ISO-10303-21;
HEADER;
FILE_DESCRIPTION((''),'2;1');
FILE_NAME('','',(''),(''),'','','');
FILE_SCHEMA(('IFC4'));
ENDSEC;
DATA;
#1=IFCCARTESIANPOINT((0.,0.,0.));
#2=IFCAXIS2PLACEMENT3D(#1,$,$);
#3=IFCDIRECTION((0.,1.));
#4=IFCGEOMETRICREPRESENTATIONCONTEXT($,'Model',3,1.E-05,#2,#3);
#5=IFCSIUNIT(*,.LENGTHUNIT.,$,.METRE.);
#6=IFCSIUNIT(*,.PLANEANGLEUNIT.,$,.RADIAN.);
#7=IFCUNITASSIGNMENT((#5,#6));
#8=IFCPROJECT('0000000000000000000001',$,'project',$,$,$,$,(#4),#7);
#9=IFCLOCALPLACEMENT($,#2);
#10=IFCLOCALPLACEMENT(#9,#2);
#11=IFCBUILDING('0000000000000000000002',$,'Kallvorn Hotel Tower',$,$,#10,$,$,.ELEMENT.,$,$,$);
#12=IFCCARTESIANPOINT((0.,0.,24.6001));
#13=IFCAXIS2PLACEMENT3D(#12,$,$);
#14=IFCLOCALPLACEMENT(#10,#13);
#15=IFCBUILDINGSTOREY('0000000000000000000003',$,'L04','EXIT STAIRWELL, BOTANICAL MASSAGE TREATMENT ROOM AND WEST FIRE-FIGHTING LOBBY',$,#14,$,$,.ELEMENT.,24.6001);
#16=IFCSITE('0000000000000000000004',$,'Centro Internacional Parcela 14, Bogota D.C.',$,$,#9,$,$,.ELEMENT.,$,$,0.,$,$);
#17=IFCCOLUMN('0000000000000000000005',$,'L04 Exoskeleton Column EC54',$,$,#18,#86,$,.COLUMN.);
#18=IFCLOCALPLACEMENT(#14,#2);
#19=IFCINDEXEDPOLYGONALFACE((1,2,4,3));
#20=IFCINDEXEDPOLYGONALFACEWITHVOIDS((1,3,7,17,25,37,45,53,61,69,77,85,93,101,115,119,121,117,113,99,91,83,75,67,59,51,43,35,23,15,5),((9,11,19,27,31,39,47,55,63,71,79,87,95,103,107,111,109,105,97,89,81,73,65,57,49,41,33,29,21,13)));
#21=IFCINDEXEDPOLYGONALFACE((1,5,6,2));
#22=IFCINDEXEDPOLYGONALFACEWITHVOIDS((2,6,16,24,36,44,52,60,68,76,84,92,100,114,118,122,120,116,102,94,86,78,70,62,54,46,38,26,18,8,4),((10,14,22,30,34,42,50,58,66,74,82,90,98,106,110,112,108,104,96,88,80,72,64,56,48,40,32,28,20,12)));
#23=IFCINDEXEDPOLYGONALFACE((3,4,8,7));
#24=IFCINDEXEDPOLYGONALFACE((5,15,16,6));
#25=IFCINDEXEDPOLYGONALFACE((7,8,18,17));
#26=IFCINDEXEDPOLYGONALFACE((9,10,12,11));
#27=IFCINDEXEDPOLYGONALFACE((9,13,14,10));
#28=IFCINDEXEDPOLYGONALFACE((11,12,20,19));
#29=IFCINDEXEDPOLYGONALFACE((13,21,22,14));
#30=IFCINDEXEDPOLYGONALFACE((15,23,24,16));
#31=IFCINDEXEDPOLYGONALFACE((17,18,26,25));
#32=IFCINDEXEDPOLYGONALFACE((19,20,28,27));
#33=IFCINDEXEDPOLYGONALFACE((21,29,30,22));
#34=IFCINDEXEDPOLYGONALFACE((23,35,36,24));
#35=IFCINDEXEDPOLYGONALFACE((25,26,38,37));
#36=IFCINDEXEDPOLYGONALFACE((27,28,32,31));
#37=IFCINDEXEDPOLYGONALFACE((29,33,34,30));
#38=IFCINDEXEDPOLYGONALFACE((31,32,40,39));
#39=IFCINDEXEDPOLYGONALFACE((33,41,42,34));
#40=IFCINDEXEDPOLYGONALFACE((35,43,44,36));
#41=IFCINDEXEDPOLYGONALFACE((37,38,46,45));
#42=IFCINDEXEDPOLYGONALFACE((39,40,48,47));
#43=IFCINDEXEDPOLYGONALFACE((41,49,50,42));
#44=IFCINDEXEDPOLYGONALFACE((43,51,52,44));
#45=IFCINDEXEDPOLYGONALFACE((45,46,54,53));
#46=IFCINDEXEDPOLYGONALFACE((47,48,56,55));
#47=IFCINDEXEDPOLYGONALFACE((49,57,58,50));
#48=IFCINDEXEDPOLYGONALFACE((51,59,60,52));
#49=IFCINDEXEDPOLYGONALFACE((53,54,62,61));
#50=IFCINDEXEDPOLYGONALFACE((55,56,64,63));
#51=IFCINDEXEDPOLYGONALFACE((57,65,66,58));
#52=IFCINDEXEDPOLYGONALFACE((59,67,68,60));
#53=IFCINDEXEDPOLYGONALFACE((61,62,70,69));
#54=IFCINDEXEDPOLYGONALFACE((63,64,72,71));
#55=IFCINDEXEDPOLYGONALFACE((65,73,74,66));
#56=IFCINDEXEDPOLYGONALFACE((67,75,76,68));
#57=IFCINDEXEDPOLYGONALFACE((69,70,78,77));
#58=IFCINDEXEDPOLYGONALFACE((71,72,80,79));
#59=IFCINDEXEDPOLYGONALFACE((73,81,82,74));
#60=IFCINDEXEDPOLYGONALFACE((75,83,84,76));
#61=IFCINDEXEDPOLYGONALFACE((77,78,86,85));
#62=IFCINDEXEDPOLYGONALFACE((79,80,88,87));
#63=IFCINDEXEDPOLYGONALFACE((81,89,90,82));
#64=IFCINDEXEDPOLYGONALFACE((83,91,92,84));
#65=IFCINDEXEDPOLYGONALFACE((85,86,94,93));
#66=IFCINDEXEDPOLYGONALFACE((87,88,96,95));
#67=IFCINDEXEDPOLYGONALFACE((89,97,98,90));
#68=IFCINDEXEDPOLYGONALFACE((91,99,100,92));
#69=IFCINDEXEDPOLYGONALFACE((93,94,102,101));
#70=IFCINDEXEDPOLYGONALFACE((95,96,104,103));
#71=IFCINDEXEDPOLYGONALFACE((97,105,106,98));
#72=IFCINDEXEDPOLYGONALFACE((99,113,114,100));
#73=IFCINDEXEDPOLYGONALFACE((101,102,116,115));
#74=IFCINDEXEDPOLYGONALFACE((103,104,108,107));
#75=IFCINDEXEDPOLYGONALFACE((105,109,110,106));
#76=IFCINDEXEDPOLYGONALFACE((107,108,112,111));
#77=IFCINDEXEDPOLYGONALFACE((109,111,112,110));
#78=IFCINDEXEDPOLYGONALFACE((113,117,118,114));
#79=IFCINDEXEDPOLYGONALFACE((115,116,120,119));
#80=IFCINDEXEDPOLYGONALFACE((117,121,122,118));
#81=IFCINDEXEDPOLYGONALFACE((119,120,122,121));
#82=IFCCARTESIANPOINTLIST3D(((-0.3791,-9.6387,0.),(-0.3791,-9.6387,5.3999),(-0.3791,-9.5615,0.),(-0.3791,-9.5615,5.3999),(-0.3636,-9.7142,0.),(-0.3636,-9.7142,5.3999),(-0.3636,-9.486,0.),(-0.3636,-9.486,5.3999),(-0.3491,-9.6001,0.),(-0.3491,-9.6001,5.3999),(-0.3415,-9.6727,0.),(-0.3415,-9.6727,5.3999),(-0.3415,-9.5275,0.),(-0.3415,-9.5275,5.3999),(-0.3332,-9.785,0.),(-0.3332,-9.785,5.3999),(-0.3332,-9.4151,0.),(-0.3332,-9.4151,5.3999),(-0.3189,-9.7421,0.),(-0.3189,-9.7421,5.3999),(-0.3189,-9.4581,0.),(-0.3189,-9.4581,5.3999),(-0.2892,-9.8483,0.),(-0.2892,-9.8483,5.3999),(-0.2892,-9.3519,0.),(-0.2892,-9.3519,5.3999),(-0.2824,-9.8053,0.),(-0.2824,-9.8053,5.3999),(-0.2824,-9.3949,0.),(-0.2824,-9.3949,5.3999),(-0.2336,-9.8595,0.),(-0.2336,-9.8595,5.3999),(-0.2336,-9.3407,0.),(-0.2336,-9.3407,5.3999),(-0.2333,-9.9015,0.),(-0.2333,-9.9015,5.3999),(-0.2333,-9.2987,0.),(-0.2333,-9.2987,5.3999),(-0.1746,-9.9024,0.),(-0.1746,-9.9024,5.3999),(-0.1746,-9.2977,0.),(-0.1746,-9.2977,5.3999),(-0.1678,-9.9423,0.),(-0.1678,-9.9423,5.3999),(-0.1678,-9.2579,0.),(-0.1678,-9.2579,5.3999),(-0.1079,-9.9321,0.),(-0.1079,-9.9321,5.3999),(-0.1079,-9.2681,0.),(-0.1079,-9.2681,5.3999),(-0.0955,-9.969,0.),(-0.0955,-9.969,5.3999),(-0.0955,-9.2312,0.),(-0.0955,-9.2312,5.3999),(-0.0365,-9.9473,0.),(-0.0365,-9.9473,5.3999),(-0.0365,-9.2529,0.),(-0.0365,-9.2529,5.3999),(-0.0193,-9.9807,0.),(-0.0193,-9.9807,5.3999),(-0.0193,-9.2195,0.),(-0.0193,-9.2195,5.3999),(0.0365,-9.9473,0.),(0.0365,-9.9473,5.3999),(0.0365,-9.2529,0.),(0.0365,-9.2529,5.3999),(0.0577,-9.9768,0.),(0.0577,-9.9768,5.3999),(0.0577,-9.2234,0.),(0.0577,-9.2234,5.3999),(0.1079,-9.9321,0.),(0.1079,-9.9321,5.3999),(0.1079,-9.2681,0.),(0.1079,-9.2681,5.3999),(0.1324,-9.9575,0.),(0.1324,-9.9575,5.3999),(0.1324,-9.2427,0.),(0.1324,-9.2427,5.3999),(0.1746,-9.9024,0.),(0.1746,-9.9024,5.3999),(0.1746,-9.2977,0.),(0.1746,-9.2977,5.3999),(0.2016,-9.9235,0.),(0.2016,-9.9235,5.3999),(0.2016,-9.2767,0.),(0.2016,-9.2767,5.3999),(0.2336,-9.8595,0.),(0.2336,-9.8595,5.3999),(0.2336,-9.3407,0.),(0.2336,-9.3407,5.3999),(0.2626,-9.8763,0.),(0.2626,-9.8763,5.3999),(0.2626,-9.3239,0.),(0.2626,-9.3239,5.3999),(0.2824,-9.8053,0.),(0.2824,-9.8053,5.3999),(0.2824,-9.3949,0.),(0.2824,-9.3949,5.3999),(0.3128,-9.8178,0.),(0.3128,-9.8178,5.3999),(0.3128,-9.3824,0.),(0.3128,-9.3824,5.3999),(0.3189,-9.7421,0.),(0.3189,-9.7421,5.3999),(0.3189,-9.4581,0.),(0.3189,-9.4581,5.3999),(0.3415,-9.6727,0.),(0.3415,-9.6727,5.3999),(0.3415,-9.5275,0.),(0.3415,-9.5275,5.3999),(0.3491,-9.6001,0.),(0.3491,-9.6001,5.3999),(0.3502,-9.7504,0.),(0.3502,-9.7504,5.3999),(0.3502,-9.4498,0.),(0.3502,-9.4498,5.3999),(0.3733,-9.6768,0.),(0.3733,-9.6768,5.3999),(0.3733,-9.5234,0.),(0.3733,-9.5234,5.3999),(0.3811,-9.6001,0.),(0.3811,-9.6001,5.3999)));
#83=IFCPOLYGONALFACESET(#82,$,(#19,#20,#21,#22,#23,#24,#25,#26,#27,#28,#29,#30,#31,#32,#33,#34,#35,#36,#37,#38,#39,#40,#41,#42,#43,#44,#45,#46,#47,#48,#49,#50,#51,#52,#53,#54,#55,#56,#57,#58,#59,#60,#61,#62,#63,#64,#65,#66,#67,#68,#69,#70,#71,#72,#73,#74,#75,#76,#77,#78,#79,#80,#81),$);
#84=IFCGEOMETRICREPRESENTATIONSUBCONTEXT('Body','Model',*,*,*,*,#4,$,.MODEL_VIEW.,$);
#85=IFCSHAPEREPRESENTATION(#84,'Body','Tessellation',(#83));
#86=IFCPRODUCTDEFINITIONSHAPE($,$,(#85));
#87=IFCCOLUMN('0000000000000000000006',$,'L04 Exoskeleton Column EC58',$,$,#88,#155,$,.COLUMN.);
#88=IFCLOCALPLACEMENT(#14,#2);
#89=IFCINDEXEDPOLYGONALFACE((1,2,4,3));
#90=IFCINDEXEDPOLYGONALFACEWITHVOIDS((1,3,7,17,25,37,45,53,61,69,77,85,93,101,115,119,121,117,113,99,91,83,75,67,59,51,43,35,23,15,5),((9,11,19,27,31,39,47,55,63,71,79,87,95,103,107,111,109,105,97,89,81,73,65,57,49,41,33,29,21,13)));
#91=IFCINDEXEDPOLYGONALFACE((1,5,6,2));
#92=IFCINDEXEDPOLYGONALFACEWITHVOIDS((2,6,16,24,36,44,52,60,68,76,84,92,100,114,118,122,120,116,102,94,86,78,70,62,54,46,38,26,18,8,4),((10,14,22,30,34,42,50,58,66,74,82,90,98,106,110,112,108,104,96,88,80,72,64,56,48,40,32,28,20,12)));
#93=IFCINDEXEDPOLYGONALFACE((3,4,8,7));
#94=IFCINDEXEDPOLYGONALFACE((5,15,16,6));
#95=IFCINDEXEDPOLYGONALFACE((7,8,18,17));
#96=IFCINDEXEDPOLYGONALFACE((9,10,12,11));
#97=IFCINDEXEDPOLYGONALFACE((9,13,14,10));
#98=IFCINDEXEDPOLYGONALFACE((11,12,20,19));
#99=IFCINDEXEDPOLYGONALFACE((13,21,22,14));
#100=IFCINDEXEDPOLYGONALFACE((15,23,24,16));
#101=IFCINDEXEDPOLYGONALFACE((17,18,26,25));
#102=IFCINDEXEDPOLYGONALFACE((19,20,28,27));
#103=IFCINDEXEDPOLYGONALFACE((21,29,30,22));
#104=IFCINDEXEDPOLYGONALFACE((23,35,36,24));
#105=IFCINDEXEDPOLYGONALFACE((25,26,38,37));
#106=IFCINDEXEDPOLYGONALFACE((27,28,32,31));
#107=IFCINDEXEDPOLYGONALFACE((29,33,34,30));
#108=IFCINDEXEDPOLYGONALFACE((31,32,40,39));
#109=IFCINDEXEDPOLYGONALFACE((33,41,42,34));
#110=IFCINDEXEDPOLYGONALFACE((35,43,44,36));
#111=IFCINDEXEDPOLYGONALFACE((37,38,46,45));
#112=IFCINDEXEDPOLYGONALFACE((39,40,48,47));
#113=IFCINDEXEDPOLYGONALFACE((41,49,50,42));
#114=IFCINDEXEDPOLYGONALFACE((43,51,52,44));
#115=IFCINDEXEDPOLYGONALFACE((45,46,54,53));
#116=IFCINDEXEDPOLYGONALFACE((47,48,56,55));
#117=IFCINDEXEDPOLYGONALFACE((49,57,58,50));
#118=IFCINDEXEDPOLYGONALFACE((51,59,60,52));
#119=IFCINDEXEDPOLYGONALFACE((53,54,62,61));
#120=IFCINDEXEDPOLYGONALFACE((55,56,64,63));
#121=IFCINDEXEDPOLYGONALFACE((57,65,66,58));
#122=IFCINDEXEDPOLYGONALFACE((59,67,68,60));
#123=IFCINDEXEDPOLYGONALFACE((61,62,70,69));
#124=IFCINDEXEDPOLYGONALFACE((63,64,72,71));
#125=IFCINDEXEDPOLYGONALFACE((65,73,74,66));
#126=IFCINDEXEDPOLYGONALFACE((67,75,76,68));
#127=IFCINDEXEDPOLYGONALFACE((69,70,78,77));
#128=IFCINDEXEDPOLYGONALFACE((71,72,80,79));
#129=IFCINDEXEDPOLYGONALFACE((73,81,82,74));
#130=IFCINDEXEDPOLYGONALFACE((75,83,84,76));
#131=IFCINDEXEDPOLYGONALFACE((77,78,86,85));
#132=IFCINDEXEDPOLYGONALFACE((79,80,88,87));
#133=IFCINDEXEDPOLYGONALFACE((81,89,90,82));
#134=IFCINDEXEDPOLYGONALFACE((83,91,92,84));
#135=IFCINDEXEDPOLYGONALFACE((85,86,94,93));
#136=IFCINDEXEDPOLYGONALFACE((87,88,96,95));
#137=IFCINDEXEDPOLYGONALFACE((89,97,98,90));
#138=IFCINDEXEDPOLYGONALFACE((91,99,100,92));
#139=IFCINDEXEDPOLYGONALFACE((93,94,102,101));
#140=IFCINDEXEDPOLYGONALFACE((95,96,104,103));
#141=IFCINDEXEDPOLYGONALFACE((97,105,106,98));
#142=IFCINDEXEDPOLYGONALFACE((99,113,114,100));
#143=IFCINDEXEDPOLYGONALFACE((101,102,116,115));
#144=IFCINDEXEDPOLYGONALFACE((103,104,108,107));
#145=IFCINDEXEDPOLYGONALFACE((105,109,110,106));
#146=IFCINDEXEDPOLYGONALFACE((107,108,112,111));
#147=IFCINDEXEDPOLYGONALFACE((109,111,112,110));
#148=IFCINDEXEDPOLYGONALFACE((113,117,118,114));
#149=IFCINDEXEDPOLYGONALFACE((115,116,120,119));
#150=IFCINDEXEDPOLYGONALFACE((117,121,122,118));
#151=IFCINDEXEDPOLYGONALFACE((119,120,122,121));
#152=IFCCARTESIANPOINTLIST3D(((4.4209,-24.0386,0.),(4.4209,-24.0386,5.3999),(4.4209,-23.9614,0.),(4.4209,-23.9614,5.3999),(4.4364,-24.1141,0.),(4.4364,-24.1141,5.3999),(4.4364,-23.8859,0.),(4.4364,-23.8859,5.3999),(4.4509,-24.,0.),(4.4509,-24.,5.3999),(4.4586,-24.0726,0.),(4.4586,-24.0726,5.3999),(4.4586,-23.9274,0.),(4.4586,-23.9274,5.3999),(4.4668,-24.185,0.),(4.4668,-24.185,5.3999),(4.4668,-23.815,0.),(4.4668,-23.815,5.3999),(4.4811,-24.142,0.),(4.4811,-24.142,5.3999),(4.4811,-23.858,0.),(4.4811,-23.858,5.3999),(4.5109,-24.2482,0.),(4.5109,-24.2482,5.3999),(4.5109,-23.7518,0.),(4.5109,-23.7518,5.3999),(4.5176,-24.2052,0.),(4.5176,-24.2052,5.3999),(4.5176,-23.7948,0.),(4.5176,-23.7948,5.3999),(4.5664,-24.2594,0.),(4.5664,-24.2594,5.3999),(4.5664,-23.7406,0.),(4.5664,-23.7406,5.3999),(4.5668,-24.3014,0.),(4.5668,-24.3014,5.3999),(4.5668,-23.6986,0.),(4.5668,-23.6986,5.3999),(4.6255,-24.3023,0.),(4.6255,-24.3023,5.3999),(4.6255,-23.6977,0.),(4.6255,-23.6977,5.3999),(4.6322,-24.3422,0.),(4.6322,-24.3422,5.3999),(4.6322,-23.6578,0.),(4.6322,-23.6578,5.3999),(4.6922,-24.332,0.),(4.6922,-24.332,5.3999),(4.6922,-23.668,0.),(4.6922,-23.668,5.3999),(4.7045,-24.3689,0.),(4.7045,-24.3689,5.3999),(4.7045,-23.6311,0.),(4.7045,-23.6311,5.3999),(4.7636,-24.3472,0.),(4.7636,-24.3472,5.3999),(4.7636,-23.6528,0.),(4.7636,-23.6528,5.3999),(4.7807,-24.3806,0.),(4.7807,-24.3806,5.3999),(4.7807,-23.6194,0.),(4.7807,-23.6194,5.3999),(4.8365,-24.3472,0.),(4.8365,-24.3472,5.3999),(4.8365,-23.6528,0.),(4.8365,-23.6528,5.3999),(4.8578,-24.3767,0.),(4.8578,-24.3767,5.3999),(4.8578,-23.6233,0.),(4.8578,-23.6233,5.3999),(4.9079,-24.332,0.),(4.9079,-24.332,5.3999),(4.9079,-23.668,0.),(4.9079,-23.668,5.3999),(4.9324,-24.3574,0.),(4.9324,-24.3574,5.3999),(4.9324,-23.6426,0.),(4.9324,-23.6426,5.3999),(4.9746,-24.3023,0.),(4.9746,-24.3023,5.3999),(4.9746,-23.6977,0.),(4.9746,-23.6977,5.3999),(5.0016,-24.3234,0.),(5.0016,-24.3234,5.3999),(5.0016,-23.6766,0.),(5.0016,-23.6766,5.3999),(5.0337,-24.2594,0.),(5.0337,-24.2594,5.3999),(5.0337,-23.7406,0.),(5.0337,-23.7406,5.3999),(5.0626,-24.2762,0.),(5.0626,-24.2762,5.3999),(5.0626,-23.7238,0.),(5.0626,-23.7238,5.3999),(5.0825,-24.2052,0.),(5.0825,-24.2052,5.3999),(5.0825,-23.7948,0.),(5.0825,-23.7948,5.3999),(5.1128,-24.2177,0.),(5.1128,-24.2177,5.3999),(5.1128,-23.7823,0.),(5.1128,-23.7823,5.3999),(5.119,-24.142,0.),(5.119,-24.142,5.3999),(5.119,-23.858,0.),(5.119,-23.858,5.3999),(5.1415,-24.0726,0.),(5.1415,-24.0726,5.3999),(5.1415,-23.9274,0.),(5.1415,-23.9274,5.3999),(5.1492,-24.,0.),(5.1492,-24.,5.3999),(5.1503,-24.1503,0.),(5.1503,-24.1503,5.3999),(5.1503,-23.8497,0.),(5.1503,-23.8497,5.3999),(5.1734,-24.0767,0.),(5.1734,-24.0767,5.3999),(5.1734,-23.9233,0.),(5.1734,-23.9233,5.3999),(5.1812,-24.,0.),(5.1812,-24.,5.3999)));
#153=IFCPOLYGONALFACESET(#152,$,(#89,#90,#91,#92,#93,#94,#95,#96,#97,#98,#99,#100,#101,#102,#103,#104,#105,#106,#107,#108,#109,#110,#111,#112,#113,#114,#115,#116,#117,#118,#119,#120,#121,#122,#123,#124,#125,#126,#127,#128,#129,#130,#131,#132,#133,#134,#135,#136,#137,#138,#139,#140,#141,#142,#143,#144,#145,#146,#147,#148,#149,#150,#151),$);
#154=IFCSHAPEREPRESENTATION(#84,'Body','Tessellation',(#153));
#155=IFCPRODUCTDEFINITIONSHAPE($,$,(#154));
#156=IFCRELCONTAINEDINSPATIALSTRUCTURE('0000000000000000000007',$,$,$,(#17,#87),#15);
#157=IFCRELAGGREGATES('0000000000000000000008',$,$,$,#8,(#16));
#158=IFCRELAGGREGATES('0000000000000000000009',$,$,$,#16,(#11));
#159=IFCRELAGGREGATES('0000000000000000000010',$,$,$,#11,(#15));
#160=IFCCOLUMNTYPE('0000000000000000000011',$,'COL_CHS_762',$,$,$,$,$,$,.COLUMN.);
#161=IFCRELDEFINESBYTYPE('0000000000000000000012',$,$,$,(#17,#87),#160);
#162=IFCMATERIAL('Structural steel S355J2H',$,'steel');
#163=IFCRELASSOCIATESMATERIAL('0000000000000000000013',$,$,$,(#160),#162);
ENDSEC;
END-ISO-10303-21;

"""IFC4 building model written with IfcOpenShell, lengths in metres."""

from ifc_helpers import new_model, si_unit, direction, frame, origin, origin_2d, place, context, subcontext, project, spatial, hollow_circle, extrude, material, material_profile, profile_set, type_object, element, save


model = new_model("IFC4")

# Units and contexts
model_context = context("Model", 3, precision=1e-05, world=origin(), true_north=direction((0.0, 1.0)))
body_context = subcontext(model_context, "Body", "Model", "MODEL_VIEW")
ifc_project = project(units=[si_unit("LENGTHUNIT", "METRE"), si_unit("PLANEANGLEUNIT", "RADIAN")], contexts=[model_context])

# Site, building, storey
site_placement = place(None, origin())
site = spatial("IfcSite", under=ifc_project, at=site_placement, Name="Centro Internacional Parcela 14, Bogota D.C.", CompositionType="ELEMENT", RefElevation=0.0)
building_placement = place(site_placement, origin())
building = spatial("IfcBuilding", under=site, at=building_placement, Name="Kallvorn Hotel Tower", CompositionType="ELEMENT")
storey_placement = place(building_placement, frame((0.0, 0.0, 24.6001)))
storey = spatial("IfcBuildingStorey", under=building, at=storey_placement, Name="L04", Description="EXIT STAIRWELL, BOTANICAL MASSAGE TREATMENT ROOM AND WEST FIRE-FIGHTING LOBBY", CompositionType="ELEMENT", Elevation=24.6001)

# Columns
ifc_material_1 = material(Name="Structural steel S355J2H", Category="steel")
ifc_material_profile_1 = material_profile(ifc_material_1, hollow_circle(Radius=0.3811, WallThickness=0.032, at=origin_2d()), Name="CHS 762x32")
ifc_profile_set_1 = profile_set([ifc_material_profile_1], Name="Structural steel S355J2H")
column_type_1 = type_object("IfcColumnType", Name="COL_CHS_762", PredefinedType="COLUMN", material=ifc_profile_set_1)
for number, where, z_axis, x_axis, name in (
    (1, (0.0, -9.6001, 0.0), (0.0, 0.0, 1.0), (1.0, 0.0, 0.0), "L04 Exoskeleton Column EC54"),
    (2, (4.8, -24.0, 0.0), (0.0, 0.0, 1.0), (1.0, 0.0, 0.0), "L04 Exoskeleton Column EC58"),
):
    element("IfcColumn", number, at=place(storey_placement, frame(where, z_axis=z_axis, x_axis=x_axis)), inside=storey, type_object=column_type_1, Name=name, PredefinedType="COLUMN", context=body_context, shape_type="SweptSolid", body=[
        extrude(hollow_circle(Radius=0.3811, WallThickness=0.032, at=origin_2d()), origin(), (0.0, 0.0, 1.0), 5.3999),
    ])

save(model, "model.ifc")
